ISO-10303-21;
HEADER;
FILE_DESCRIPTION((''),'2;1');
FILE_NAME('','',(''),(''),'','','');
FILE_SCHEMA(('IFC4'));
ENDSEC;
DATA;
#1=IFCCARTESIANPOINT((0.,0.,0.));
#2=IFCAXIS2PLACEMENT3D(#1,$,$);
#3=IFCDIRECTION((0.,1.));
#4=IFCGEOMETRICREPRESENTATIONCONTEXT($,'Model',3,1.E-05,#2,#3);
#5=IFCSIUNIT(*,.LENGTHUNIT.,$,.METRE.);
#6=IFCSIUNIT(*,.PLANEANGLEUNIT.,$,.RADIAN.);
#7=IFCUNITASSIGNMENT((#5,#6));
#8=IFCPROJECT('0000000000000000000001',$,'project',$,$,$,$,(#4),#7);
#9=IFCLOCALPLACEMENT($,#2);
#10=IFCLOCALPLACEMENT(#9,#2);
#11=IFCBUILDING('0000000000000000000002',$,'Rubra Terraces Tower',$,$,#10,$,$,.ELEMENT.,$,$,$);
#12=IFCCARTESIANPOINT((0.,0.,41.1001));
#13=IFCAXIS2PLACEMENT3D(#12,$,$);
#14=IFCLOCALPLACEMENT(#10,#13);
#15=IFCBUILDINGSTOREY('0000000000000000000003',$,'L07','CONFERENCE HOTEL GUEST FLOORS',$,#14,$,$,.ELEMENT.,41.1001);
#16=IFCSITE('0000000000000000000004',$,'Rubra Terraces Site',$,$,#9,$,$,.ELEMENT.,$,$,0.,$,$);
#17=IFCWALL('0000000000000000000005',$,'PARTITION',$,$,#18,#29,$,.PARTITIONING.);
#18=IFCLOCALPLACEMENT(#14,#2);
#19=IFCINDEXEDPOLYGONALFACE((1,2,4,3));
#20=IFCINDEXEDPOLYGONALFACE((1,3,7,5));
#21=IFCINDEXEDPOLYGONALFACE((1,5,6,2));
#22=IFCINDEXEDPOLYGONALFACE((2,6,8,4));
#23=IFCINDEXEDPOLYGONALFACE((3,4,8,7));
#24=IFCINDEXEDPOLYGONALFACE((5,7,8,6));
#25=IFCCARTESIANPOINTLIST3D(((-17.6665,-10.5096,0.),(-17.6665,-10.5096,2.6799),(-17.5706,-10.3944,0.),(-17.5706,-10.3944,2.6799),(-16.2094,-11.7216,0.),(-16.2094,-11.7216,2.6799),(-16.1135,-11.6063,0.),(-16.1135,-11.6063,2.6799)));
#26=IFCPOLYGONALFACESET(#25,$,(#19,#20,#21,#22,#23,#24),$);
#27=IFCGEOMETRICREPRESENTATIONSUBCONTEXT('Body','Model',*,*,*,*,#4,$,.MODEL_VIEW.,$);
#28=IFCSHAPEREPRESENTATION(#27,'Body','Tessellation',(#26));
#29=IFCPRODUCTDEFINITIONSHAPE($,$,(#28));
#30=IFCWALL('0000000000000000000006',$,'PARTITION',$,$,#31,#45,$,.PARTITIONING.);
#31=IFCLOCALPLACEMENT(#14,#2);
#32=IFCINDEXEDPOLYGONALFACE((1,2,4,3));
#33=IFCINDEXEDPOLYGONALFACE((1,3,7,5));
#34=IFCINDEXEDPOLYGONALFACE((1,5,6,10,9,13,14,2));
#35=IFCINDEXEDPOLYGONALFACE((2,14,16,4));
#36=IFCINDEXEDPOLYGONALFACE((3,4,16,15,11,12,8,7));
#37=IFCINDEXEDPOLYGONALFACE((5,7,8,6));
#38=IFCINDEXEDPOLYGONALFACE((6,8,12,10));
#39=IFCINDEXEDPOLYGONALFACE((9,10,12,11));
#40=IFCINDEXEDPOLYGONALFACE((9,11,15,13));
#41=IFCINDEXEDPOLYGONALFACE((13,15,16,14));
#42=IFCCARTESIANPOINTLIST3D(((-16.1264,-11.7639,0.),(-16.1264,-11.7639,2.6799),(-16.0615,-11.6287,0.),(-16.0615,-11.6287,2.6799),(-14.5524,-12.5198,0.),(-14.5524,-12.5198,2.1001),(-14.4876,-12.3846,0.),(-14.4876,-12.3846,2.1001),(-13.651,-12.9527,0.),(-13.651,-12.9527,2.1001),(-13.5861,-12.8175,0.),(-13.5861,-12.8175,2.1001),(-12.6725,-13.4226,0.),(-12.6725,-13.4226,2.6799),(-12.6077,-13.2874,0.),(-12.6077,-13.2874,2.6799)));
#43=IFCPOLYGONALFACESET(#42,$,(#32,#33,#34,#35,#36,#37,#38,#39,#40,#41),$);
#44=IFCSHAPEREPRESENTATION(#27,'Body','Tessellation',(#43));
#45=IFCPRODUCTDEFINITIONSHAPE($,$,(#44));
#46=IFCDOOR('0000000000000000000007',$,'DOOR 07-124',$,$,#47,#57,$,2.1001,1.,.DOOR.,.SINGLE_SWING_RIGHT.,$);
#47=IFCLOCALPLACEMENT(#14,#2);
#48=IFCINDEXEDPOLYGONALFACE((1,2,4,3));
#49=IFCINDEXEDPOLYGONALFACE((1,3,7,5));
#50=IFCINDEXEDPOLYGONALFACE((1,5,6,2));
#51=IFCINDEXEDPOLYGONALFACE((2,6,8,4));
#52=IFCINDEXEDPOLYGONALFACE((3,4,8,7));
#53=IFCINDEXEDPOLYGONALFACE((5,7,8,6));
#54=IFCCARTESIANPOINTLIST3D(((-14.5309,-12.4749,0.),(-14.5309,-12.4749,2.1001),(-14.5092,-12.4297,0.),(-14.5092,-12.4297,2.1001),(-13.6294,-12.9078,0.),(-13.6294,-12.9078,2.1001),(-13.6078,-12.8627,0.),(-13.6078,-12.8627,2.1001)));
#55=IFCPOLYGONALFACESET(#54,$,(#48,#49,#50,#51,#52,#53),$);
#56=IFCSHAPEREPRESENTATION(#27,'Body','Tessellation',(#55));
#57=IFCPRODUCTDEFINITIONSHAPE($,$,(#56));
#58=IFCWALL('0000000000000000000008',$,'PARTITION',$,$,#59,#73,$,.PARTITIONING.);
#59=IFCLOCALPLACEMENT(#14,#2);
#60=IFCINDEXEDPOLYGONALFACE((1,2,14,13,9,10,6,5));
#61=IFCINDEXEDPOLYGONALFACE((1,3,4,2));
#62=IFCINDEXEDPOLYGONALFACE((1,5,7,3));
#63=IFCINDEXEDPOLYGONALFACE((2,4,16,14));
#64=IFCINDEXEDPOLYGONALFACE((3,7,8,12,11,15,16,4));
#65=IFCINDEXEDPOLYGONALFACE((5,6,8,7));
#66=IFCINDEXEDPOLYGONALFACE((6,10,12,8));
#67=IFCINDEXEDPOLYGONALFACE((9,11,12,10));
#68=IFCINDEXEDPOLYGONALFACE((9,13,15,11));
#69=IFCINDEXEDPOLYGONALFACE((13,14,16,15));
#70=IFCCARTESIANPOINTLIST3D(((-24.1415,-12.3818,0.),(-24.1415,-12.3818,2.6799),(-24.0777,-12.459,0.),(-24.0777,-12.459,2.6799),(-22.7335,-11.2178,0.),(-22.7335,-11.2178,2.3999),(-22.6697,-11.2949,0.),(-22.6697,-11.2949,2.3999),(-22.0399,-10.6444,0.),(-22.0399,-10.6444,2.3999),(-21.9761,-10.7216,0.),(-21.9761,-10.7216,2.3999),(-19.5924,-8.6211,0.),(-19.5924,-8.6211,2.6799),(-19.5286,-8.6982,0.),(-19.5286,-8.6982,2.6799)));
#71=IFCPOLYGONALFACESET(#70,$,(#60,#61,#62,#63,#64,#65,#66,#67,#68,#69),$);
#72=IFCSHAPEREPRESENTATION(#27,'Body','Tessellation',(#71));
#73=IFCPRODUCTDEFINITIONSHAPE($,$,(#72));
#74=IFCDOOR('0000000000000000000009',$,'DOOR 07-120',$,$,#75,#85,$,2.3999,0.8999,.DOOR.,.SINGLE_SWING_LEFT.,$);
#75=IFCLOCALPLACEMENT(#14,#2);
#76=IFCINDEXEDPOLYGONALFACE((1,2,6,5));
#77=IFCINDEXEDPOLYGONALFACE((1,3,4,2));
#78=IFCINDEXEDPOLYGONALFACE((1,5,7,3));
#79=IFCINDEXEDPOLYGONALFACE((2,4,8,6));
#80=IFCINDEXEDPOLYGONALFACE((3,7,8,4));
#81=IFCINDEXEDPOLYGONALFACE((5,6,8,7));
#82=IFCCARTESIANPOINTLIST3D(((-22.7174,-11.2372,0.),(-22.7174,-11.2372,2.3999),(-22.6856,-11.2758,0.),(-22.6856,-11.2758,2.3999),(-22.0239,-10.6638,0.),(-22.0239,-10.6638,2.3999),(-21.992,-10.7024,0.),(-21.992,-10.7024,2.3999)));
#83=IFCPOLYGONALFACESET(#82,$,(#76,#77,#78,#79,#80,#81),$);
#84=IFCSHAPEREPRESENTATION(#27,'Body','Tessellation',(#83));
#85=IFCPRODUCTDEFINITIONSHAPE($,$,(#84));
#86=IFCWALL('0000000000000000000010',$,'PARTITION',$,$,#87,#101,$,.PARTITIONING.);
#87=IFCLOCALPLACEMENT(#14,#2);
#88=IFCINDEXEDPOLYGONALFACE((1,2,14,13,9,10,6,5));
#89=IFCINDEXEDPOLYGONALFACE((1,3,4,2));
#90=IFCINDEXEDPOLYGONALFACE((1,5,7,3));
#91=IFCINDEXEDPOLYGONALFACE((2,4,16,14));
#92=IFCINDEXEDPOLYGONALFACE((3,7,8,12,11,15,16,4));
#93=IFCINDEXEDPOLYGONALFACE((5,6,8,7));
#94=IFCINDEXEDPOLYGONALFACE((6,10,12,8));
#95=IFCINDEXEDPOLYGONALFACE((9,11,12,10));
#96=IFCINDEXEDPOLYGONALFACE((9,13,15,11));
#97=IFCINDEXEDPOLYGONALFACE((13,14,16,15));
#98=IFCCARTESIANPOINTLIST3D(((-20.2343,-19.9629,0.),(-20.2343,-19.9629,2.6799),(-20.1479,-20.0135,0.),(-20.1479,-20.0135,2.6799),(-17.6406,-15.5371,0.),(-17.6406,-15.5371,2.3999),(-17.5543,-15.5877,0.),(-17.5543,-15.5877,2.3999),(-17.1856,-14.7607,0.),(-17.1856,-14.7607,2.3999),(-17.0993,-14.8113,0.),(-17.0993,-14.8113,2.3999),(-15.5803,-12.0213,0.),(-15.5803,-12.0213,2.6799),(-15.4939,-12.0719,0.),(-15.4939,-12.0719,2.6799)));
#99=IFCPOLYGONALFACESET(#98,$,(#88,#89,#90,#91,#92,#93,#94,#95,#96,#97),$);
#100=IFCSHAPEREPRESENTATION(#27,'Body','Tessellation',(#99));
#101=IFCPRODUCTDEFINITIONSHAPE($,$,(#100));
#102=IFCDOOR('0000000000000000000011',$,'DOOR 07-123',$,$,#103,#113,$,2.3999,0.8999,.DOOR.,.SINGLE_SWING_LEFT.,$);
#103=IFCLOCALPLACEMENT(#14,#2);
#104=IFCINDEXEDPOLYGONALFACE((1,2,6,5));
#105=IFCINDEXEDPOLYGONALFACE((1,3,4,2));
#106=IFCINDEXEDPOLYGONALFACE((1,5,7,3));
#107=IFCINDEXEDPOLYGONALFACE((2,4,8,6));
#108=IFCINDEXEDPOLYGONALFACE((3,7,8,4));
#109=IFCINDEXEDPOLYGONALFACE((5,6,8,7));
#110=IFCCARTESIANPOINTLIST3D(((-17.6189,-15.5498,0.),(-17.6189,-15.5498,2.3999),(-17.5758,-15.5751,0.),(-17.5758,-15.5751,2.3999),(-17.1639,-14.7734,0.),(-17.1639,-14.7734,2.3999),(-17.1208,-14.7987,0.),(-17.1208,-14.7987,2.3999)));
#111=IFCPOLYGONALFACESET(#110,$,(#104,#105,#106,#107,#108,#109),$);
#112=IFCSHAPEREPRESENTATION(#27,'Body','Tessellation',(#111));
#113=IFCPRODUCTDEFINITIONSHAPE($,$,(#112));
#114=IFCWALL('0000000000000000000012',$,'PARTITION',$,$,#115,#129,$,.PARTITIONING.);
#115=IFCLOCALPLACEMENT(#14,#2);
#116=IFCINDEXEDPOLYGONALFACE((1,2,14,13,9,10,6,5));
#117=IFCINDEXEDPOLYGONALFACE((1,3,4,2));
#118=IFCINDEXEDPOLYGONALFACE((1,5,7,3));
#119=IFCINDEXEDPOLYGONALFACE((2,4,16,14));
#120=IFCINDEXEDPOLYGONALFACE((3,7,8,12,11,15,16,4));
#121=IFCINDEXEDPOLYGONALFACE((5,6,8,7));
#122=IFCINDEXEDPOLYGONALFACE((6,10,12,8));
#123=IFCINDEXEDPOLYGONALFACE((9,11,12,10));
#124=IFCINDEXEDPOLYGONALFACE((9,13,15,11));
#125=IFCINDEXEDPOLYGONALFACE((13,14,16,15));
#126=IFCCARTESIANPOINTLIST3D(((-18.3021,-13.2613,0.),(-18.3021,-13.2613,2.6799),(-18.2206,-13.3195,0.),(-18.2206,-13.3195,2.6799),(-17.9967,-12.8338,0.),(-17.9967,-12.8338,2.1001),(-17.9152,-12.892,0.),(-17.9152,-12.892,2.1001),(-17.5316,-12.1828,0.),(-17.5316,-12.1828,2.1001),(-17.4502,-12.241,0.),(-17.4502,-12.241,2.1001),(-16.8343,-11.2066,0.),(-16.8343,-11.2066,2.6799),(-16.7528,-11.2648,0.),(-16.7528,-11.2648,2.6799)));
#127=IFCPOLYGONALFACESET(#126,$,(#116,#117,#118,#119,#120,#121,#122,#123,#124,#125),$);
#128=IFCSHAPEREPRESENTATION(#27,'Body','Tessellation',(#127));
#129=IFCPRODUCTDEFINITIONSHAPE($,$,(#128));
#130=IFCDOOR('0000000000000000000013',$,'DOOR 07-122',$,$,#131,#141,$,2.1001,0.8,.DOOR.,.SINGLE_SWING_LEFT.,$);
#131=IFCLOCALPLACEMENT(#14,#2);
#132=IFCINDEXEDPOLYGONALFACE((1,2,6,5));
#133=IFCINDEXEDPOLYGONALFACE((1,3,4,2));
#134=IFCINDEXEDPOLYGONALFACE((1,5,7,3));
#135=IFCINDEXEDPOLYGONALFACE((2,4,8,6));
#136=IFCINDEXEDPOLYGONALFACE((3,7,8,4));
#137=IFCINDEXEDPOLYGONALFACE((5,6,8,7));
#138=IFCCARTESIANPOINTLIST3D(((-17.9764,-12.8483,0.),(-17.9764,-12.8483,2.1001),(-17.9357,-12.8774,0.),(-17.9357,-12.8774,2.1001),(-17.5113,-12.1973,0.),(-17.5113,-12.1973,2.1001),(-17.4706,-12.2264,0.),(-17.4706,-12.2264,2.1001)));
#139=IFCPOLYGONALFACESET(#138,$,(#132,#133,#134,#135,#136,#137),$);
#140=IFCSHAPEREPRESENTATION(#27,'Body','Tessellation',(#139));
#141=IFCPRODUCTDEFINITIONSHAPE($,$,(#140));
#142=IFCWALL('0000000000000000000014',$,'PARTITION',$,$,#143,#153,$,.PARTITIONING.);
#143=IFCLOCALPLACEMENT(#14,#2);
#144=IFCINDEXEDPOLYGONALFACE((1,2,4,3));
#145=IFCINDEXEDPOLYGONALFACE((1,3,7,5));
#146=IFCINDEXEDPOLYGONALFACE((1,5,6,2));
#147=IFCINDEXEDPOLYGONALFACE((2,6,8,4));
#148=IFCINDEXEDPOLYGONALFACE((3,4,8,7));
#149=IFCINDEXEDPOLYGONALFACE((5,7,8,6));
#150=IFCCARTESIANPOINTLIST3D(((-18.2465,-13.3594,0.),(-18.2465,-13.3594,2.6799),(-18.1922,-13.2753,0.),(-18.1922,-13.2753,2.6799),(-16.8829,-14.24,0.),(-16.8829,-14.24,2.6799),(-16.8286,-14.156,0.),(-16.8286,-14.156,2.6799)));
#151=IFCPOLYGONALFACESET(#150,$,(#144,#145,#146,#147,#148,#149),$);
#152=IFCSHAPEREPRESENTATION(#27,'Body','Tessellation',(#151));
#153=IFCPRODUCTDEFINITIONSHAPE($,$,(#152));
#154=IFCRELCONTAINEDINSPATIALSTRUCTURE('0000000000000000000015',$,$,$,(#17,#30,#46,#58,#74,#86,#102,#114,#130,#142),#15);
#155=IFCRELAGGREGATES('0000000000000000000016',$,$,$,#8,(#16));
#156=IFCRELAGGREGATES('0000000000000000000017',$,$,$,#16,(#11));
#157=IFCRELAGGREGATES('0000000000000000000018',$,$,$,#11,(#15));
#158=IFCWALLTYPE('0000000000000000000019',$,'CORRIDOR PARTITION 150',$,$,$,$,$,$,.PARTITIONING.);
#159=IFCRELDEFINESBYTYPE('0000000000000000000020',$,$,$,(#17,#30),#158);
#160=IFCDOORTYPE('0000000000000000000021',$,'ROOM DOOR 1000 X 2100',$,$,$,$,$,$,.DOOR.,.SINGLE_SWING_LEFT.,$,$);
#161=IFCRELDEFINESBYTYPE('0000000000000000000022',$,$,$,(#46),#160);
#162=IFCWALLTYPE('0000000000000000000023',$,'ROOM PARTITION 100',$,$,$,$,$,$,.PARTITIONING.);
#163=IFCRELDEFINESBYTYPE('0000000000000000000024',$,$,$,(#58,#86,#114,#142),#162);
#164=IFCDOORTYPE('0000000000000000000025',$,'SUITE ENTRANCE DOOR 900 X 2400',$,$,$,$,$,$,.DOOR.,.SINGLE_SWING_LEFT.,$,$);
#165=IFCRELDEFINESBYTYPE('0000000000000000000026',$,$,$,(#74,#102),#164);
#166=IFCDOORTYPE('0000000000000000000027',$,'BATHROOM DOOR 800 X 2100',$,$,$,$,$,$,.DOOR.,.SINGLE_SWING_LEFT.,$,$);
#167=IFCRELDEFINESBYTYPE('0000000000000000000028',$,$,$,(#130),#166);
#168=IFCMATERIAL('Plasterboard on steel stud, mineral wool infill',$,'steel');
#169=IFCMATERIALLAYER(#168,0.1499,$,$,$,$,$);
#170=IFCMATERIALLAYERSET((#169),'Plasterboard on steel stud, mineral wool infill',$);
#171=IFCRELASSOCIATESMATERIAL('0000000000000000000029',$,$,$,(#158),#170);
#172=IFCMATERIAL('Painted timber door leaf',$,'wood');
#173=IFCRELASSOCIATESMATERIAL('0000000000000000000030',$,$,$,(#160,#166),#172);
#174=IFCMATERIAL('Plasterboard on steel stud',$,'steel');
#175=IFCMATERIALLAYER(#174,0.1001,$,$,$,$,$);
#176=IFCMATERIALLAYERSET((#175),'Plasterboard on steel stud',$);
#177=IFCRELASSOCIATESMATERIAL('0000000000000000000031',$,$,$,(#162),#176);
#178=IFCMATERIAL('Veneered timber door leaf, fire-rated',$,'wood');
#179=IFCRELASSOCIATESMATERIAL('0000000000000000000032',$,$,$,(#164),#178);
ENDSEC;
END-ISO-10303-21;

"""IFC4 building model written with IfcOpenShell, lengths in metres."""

from ifc_helpers import new_model, si_unit, direction, frame, frame_2d, origin, place, context, subcontext, project, spatial, rectangle, extrude, material, layer, layer_set, type_object, element, fill, save


model = new_model("IFC4")

# Units and contexts
model_context = context("Model", 3, precision=1e-05, world=origin(), true_north=direction((0.0, 1.0)))
body_context = subcontext(model_context, "Body", "Model", "MODEL_VIEW")
ifc_project = project(units=[si_unit("LENGTHUNIT", "METRE"), si_unit("PLANEANGLEUNIT", "RADIAN")], contexts=[model_context])

# Site, building, storey
site_placement = place(None, origin())
site = spatial("IfcSite", under=ifc_project, at=site_placement, Name="Rubra Terraces Site", CompositionType="ELEMENT", RefElevation=0.0)
building_placement = place(site_placement, origin())
building = spatial("IfcBuilding", under=site, at=building_placement, Name="Rubra Terraces Tower", CompositionType="ELEMENT")
storey_placement = place(building_placement, frame((0.0, 0.0, 41.1001)))
storey = spatial("IfcBuildingStorey", under=building, at=storey_placement, Name="L07", Description="CONFERENCE HOTEL GUEST FLOORS", CompositionType="ELEMENT", Elevation=41.1001)

# Wall
ifc_material_1 = material(Name="Plasterboard on steel stud, mineral wool infill", Category="steel")
ifc_layer_1 = layer(ifc_material_1, 0.1499)
ifc_layer_set_1 = layer_set([ifc_layer_1], Name="Plasterboard on steel stud, mineral wool infill")
wall_type_1 = type_object("IfcWallType", Name="CORRIDOR PARTITION 150", PredefinedType="PARTITIONING", material=ifc_layer_set_1)
wall_1_placement = place(storey_placement, frame((-17.6187, -10.4519, 0.0), z_axis=(0.0, 0.0, 1.0), x_axis=(0.768812, -0.639475, 0.0)))
element("IfcWall", 1, at=wall_1_placement, inside=storey, type_object=wall_type_1, Name="PARTITION", PredefinedType="PARTITIONING", context=body_context, shape_type="SweptSolid", body=[
    extrude(rectangle(XDim=1.8953, YDim=0.1499, at=frame_2d((0.9478, 0.0))), origin(), (0.0, 0.0, 1.0), 2.6799),
])

# Walls, openings, doors
wall_2_placement = place(storey_placement, frame((-16.094, -11.6963, 0.0), z_axis=(0.0, 0.0, 1.0), x_axis=(0.901438, -0.432909, 0.0)))
wall_2 = element("IfcWall", 2, at=wall_2_placement, inside=storey, type_object=wall_type_1, Name="PARTITION", PredefinedType="PARTITIONING", context=body_context, shape_type="SweptSolid", body=[
    extrude(rectangle(XDim=3.8315, YDim=0.1499, at=frame_2d((1.9158, 0.0))), origin(), (0.0, 0.0, 1.0), 2.6799),
])
opening_1_placement = place(wall_2_placement, frame((1.7461, 0.0, 0.0)))
opening_1 = element("IfcOpeningElement", 3, at=opening_1_placement, cuts=wall_2, PredefinedType="OPENING", context=body_context, shape_type="SweptSolid", body=[
    extrude(rectangle(XDim=1.0, YDim=2.1001, at=frame_2d((0.5, 1.05))), frame((0.0, 0.085, 0.0), z_axis=(0.0, -1.0, 0.0), x_axis=(1.0, 0.0, 0.0)), (0.0, 0.0, 1.0), 0.1699),
])
ifc_material_2 = material(Name="Painted timber door leaf", Category="wood")
door_type_1 = type_object("IfcDoorType", Name="ROOM DOOR 1000 X 2100", OperationType="SINGLE_SWING_LEFT", PredefinedType="DOOR", material=ifc_material_2)
door_1_placement = place(opening_1_placement, origin())
door_1 = element("IfcDoor", 4, at=door_1_placement, inside=storey, type_object=door_type_1, Name="DOOR 07-124", OperationType="SINGLE_SWING_RIGHT", OverallHeight=2.1001, OverallWidth=1.0, PredefinedType="DOOR", context=body_context, shape_type="SweptSolid", body=[
    extrude(rectangle(XDim=1.0, YDim=2.1001, at=frame_2d((0.5, 1.05))), frame((0.0, 0.0249, 0.0), z_axis=(0.0, -1.0, 0.0), x_axis=(1.0, 0.0, 0.0)), (0.0, 0.0, 1.0), 0.05),
])
fill(opening_1, door_1)
ifc_material_3 = material(Name="Plasterboard on steel stud", Category="steel")
ifc_layer_2 = layer(ifc_material_3, 0.1001)
ifc_layer_set_2 = layer_set([ifc_layer_2], Name="Plasterboard on steel stud")
wall_type_2 = type_object("IfcWallType", Name="ROOM PARTITION 100", PredefinedType="PARTITIONING", material=ifc_layer_set_2)
wall_3_placement = place(storey_placement, frame((-24.1096, -12.4204, 0.0), z_axis=(0.0, 0.0, 1.0), x_axis=(0.770728, 0.637165, 0.0)))
wall_3 = element("IfcWall", 5, at=wall_3_placement, inside=storey, type_object=wall_type_2, Name="PARTITION", PredefinedType="PARTITIONING", context=body_context, shape_type="SweptSolid", body=[
    extrude(rectangle(XDim=5.9023, YDim=0.1001, at=frame_2d((2.9512, 0.0))), origin(), (0.0, 0.0, 1.0), 2.6799),
])
opening_2_placement = place(wall_3_placement, frame((1.8269, 0.0, 0.0)))
opening_2 = element("IfcOpeningElement", 6, at=opening_2_placement, cuts=wall_3, PredefinedType="OPENING", context=body_context, shape_type="SweptSolid", body=[
    extrude(rectangle(XDim=0.8999, YDim=2.3999, at=frame_2d((0.45, 1.2))), frame((0.0, 0.0601, 0.0), z_axis=(0.0, -1.0, 0.0), x_axis=(1.0, 0.0, 0.0)), (0.0, 0.0, 1.0), 0.1201),
])
ifc_material_4 = material(Name="Veneered timber door leaf, fire-rated", Category="wood")
door_type_2 = type_object("IfcDoorType", Name="SUITE ENTRANCE DOOR 900 X 2400", OperationType="SINGLE_SWING_LEFT", PredefinedType="DOOR", material=ifc_material_4)
door_2_placement = place(opening_2_placement, origin())
door_2 = element("IfcDoor", 7, at=door_2_placement, inside=storey, type_object=door_type_2, Name="DOOR 07-120", OperationType="SINGLE_SWING_LEFT", OverallHeight=2.3999, OverallWidth=0.8999, PredefinedType="DOOR", context=body_context, shape_type="SweptSolid", body=[
    extrude(rectangle(XDim=0.8999, YDim=2.3999, at=frame_2d((0.45, 1.2))), frame((0.0, 0.0249, 0.0), z_axis=(0.0, -1.0, 0.0), x_axis=(1.0, 0.0, 0.0)), (0.0, 0.0, 1.0), 0.05),
])
fill(opening_2, door_2)
wall_4_placement = place(storey_placement, frame((-20.1912, -19.9883, 0.0), z_axis=(0.0, 0.0, 1.0), x_axis=(0.505607, 0.862764, 0.0)))
wall_4 = element("IfcWall", 8, at=wall_4_placement, inside=storey, type_object=wall_type_2, Name="PARTITION", PredefinedType="PARTITIONING", context=body_context, shape_type="SweptSolid", body=[
    extrude(rectangle(XDim=9.2048, YDim=0.1001, at=frame_2d((4.6025, 0.0))), origin(), (0.0, 0.0, 1.0), 2.6799),
])
opening_3_placement = place(wall_4_placement, frame((5.1299, 0.0, 0.0)))
opening_3 = element("IfcOpeningElement", 9, at=opening_3_placement, cuts=wall_4, PredefinedType="OPENING", context=body_context, shape_type="SweptSolid", body=[
    extrude(rectangle(XDim=0.8999, YDim=2.3999, at=frame_2d((0.45, 1.2))), frame((0.0, 0.0601, 0.0), z_axis=(0.0, -1.0, 0.0), x_axis=(1.0, 0.0, 0.0)), (0.0, 0.0, 1.0), 0.1201),
])
door_3_placement = place(opening_3_placement, origin())
door_3 = element("IfcDoor", 10, at=door_3_placement, inside=storey, type_object=door_type_2, Name="DOOR 07-123", OperationType="SINGLE_SWING_LEFT", OverallHeight=2.3999, OverallWidth=0.8999, PredefinedType="DOOR", context=body_context, shape_type="SweptSolid", body=[
    extrude(rectangle(XDim=0.8999, YDim=2.3999, at=frame_2d((0.45, 1.2))), frame((0.0, 0.0249, 0.0), z_axis=(0.0, -1.0, 0.0), x_axis=(1.0, 0.0, 0.0)), (0.0, 0.0, 1.0), 0.05),
])
fill(opening_3, door_3)
wall_5_placement = place(storey_placement, frame((-16.7935, -11.2356, 0.0), z_axis=(0.0, 0.0, 1.0), x_axis=(-0.581275, -0.813707, 0.0)))
wall_5 = element("IfcWall", 11, at=wall_5_placement, inside=storey, type_object=wall_type_2, Name="PARTITION", PredefinedType="PARTITIONING", context=body_context, shape_type="SweptSolid", body=[
    extrude(rectangle(XDim=2.5251, YDim=0.1001, at=frame_2d((1.2627, 0.0))), origin(), (0.0, 0.0, 1.0), 2.6799),
])
opening_4_placement = place(wall_5_placement, frame((1.2, 0.0, 0.0)))
opening_4 = element("IfcOpeningElement", 12, at=opening_4_placement, cuts=wall_5, PredefinedType="OPENING", context=body_context, shape_type="SweptSolid", body=[
    extrude(rectangle(XDim=0.8, YDim=2.1001, at=frame_2d((0.3999, 1.05))), frame((0.0, 0.0601, 0.0), z_axis=(0.0, -1.0, 0.0), x_axis=(1.0, 0.0, 0.0)), (0.0, 0.0, 1.0), 0.1201),
])
door_type_3 = type_object("IfcDoorType", Name="BATHROOM DOOR 800 X 2100", OperationType="SINGLE_SWING_LEFT", PredefinedType="DOOR", material=ifc_material_2)
door_4_placement = place(opening_4_placement, origin())
door_4 = element("IfcDoor", 13, at=door_4_placement, inside=storey, type_object=door_type_3, Name="DOOR 07-122", OperationType="SINGLE_SWING_LEFT", OverallHeight=2.1001, OverallWidth=0.8, PredefinedType="DOOR", context=body_context, shape_type="SweptSolid", body=[
    extrude(rectangle(XDim=0.8, YDim=2.1001, at=frame_2d((0.3999, 1.05))), frame((0.0, 0.0249, 0.0), z_axis=(0.0, -1.0, 0.0), x_axis=(1.0, 0.0, 0.0)), (0.0, 0.0, 1.0), 0.05),
])
fill(opening_4, door_4)

# Wall
wall_6_placement = place(storey_placement, frame((-18.2192, -13.3174, 0.0), z_axis=(0.0, 0.0, 1.0), x_axis=(0.840038, -0.542528, 0.0)))
element("IfcWall", 14, at=wall_6_placement, inside=storey, type_object=wall_type_2, Name="PARTITION", PredefinedType="PARTITIONING", context=body_context, shape_type="SweptSolid", body=[
    extrude(rectangle(XDim=1.6233, YDim=0.1001, at=frame_2d((0.8115, 0.0))), origin(), (0.0, 0.0, 1.0), 2.6799),
])

save(model, "model.ifc")
